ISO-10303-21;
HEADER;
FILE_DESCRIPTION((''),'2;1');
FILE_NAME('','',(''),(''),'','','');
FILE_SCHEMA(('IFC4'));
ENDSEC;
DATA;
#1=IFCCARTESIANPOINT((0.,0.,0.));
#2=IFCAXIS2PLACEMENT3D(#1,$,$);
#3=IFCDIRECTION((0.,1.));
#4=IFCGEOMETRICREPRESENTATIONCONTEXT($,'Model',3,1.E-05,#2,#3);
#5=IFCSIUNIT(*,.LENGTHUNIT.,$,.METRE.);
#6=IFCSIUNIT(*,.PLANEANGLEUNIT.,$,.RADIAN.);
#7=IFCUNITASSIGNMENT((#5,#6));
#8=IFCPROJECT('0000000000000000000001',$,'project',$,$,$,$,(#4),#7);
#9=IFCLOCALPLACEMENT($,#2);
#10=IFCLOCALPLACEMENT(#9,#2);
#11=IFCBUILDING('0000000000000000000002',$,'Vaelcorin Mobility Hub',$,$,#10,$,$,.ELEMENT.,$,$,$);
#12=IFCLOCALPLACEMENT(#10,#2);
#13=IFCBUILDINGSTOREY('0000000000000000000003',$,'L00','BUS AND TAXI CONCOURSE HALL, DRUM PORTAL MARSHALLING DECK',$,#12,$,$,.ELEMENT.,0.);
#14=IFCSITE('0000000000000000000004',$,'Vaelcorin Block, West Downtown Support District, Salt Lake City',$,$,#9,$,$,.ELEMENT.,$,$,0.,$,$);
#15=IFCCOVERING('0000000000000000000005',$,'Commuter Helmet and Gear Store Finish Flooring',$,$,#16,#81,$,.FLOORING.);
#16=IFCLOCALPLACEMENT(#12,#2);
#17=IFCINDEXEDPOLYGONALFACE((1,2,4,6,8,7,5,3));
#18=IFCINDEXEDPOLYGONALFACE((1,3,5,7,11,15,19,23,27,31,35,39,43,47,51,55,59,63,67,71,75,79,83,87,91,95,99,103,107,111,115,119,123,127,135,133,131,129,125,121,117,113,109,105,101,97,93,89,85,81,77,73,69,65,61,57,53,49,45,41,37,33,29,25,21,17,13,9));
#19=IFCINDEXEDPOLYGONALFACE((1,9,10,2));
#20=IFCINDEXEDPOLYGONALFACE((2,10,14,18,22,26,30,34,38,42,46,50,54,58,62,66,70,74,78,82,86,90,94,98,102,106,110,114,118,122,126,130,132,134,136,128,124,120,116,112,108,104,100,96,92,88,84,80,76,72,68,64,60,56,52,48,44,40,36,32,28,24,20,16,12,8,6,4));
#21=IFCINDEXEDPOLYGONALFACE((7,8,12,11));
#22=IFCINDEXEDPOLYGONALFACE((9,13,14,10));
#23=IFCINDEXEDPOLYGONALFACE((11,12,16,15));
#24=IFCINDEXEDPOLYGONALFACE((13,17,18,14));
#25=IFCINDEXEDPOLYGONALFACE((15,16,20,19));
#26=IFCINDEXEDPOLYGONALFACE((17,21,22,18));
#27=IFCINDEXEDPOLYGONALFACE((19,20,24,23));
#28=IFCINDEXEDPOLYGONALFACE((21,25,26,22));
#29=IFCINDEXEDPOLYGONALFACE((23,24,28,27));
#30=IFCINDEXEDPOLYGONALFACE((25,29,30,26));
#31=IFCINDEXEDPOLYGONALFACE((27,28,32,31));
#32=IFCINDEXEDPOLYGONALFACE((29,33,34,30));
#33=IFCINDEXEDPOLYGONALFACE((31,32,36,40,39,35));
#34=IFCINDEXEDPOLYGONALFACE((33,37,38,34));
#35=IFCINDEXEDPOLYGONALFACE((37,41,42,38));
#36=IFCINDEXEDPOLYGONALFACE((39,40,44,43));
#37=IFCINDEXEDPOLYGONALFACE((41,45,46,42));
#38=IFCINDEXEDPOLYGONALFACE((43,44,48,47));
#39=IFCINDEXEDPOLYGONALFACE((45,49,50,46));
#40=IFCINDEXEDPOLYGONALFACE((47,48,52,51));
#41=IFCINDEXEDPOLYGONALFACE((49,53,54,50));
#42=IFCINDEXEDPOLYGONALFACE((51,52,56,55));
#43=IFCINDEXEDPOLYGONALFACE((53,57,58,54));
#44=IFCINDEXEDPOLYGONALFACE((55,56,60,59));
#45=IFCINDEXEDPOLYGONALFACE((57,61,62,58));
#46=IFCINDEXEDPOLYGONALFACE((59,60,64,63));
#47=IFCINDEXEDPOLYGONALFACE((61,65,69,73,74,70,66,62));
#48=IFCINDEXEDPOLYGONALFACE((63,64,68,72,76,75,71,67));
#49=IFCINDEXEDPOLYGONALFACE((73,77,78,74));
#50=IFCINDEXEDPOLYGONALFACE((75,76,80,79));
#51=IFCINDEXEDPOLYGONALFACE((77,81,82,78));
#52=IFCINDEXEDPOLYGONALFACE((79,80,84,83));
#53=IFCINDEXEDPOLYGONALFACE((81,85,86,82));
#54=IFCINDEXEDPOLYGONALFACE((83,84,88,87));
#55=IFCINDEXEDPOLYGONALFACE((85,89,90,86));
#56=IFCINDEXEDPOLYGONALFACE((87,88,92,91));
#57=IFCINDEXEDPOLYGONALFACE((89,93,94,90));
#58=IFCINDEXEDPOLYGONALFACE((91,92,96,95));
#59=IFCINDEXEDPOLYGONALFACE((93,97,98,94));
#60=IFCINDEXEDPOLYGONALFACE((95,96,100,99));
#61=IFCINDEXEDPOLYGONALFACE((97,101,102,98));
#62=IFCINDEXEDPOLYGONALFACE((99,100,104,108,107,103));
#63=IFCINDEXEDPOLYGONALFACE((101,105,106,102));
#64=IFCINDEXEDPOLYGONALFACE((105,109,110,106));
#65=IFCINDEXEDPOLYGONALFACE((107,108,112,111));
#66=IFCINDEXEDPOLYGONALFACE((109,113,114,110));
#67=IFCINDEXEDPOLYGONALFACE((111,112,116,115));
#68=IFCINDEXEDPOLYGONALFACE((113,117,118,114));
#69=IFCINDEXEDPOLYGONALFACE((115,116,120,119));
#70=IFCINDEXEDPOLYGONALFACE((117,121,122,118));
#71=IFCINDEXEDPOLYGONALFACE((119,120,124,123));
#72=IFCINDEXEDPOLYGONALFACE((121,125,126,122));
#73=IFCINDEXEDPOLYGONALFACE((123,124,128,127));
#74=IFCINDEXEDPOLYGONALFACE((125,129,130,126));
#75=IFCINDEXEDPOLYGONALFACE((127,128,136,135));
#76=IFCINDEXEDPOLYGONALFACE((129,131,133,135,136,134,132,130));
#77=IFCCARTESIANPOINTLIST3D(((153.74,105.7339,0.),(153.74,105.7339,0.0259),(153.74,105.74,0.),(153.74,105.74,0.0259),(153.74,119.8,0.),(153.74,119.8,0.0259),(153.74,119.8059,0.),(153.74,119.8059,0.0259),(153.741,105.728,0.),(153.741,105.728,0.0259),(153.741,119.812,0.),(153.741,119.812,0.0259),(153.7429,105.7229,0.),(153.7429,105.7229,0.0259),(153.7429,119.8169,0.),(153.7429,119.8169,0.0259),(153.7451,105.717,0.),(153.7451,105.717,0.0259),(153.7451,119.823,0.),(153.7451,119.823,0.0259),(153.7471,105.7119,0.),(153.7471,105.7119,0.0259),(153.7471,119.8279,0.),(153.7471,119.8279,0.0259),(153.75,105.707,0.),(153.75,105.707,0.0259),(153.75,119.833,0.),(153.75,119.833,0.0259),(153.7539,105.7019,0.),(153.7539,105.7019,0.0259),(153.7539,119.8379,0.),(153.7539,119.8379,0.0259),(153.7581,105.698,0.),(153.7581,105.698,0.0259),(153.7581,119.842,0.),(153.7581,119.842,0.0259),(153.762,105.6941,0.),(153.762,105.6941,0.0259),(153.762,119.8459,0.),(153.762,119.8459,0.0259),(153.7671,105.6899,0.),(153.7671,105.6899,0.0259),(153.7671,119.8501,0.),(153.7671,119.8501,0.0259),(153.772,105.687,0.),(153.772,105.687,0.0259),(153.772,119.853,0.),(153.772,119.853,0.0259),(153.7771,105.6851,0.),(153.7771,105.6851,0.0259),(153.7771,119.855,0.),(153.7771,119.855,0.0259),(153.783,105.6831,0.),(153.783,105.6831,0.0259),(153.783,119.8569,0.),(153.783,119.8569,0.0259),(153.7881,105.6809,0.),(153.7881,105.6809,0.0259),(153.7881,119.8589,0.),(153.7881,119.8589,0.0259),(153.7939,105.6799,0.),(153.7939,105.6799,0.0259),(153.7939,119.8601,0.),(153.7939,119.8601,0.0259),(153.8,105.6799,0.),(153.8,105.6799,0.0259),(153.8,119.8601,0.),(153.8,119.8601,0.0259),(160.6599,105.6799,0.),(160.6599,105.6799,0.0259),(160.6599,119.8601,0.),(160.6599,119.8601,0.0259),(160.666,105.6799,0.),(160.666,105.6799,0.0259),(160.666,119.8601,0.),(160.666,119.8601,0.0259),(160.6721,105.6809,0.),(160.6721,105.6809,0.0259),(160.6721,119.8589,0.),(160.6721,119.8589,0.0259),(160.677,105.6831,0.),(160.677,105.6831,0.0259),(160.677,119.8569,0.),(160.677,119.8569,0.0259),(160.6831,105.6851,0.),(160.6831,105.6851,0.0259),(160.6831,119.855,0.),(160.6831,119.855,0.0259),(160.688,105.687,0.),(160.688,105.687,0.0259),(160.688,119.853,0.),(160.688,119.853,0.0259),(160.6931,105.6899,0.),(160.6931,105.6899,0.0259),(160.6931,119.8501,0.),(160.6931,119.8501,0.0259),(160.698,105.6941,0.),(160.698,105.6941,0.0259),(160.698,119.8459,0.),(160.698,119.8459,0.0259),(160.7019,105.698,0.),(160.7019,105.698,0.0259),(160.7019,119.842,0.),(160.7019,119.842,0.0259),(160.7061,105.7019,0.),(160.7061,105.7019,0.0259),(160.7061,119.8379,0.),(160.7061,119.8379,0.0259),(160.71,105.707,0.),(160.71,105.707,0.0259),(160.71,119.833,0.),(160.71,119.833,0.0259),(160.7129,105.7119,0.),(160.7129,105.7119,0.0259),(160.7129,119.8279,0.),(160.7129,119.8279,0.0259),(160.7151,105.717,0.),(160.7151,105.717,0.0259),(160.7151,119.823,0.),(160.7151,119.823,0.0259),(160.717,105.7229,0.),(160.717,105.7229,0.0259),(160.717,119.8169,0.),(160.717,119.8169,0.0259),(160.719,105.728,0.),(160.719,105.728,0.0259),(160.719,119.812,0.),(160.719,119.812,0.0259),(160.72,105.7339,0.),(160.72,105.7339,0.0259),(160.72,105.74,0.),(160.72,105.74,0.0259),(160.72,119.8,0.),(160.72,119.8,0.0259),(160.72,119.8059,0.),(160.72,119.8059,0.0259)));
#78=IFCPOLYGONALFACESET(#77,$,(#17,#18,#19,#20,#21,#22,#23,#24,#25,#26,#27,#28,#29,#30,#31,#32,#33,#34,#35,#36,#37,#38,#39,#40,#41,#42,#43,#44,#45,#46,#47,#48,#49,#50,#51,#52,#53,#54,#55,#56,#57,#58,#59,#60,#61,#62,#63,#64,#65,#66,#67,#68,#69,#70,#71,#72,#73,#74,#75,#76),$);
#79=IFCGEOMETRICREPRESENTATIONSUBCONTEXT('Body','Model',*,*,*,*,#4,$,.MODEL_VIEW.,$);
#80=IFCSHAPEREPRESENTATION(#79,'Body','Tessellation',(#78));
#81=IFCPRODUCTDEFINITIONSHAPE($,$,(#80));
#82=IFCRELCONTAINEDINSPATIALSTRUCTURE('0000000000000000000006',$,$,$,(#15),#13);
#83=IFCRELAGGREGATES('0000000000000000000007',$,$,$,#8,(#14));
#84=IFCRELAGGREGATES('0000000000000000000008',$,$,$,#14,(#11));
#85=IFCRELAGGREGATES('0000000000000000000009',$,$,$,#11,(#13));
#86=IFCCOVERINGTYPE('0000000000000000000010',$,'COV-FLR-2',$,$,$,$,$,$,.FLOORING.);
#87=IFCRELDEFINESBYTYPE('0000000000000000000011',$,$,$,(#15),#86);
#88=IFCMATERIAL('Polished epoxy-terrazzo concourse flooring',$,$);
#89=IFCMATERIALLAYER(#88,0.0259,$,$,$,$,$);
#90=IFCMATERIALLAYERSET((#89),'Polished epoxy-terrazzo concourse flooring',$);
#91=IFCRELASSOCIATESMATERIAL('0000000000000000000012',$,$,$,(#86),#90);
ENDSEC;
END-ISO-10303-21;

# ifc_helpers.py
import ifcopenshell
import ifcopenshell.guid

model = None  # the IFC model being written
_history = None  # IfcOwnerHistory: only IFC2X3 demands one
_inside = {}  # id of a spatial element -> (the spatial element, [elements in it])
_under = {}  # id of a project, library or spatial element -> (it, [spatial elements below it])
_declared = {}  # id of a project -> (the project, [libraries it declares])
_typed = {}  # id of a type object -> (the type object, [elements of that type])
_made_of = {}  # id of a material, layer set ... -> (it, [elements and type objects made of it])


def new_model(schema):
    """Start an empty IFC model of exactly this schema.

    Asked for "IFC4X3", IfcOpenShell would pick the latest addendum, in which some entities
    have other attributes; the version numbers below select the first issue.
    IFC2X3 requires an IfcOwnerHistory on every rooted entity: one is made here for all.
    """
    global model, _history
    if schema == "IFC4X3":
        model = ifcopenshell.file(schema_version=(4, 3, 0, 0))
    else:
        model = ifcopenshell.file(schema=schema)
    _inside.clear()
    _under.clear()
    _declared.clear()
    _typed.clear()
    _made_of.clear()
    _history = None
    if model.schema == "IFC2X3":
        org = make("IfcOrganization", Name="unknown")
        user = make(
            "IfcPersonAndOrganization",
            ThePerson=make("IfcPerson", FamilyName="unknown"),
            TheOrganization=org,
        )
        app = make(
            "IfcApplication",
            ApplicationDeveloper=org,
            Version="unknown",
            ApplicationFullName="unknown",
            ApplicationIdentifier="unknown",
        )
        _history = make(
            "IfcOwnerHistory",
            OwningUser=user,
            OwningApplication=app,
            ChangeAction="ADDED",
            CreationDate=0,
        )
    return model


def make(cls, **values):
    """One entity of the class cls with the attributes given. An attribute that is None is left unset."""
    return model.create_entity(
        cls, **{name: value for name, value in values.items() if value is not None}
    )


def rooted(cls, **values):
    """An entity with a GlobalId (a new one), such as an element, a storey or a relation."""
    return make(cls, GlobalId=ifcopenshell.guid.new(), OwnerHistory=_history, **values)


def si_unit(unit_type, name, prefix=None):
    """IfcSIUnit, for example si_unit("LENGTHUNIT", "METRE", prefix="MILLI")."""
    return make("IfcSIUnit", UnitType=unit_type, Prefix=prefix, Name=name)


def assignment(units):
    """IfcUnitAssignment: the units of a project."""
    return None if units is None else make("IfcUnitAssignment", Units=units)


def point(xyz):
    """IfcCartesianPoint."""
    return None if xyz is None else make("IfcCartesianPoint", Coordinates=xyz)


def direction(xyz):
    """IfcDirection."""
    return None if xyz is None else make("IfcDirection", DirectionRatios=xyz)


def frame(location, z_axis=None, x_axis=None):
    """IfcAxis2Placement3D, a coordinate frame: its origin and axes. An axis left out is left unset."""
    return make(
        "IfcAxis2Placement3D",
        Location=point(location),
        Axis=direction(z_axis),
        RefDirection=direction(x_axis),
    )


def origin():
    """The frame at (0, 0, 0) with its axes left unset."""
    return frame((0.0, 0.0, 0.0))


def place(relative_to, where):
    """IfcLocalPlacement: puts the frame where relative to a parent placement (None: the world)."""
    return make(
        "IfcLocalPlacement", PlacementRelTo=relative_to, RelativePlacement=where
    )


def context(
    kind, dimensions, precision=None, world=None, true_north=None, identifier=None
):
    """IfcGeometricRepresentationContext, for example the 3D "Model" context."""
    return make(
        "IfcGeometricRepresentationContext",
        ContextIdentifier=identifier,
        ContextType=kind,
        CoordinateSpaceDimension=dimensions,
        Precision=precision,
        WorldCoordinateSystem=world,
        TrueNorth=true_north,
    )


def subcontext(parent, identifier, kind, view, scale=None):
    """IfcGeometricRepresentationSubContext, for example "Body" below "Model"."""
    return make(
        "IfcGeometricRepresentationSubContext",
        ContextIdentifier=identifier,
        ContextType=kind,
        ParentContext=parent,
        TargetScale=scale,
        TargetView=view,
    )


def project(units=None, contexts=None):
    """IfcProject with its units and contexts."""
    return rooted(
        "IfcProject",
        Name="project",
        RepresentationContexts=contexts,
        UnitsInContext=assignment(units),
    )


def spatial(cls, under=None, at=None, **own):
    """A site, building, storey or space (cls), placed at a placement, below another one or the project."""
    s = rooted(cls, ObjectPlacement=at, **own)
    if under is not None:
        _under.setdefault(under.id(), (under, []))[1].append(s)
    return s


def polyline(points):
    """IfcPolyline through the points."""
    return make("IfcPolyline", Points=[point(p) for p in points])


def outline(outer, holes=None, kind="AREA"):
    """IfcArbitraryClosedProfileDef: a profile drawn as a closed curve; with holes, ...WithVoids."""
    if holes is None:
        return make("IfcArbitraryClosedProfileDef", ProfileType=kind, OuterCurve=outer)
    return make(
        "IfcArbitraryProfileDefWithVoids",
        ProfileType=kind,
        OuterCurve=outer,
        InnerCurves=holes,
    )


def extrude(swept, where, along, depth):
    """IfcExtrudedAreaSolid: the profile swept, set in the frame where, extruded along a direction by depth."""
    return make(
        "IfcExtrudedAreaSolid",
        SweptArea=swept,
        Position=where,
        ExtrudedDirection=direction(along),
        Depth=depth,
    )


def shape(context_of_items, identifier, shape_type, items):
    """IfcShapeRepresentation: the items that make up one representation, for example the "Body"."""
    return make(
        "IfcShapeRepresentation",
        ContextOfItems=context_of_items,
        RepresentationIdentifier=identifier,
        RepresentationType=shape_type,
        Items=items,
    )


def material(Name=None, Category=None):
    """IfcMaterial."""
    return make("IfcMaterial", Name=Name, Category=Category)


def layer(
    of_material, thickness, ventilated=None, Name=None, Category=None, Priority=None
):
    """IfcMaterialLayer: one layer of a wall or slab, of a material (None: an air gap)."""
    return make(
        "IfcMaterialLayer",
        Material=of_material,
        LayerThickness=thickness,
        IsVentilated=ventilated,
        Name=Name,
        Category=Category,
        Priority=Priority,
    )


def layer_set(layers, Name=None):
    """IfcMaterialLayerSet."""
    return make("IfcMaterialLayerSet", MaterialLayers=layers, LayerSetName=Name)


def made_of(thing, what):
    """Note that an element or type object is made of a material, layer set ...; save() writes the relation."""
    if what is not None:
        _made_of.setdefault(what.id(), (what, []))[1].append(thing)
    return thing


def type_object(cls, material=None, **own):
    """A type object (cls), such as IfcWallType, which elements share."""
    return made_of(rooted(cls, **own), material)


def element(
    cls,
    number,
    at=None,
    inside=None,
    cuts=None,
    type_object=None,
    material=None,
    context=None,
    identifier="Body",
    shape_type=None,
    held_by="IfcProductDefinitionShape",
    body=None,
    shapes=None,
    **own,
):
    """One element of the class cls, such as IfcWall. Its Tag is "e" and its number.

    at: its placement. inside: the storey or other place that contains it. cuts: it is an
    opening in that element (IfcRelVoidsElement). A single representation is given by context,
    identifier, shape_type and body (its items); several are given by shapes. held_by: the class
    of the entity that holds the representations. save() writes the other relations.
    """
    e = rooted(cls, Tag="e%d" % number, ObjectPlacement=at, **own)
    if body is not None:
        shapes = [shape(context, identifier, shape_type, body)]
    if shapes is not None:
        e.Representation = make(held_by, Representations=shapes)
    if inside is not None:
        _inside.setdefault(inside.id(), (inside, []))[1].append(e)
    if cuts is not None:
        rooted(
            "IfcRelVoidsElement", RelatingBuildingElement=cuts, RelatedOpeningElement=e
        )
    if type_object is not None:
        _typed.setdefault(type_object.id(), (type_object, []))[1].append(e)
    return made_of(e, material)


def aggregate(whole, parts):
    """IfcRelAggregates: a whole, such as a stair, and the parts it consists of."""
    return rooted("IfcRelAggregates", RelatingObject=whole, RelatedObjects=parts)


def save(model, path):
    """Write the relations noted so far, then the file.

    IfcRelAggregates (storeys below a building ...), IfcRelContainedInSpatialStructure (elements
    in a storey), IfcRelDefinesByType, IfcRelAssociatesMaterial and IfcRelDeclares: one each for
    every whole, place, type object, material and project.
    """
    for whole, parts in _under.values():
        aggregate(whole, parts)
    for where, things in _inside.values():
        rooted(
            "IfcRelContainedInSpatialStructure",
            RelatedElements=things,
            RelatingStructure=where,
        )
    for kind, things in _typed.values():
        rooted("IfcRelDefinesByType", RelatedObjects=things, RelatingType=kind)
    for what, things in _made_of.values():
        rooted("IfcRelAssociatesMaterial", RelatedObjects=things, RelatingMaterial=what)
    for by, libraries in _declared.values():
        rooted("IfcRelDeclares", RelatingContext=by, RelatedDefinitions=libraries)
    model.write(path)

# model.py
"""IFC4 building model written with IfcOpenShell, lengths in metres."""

from ifc_helpers import new_model, si_unit, direction, origin, place, context, subcontext, project, spatial, polyline, outline, extrude, material, layer, layer_set, type_object, element, save


model = new_model("IFC4")

# Units and contexts
model_context = context("Model", 3, precision=1e-05, world=origin(), true_north=direction((0.0, 1.0)))
body_context = subcontext(model_context, "Body", "Model", "MODEL_VIEW")
ifc_project = project(units=[si_unit("LENGTHUNIT", "METRE"), si_unit("PLANEANGLEUNIT", "RADIAN")], contexts=[model_context])

# Site, building, storey
site_placement = place(None, origin())
site = spatial("IfcSite", under=ifc_project, at=site_placement, Name="Vaelcorin Block, West Downtown Support District, Salt Lake City", CompositionType="ELEMENT", RefElevation=0.0)
building_placement = place(site_placement, origin())
building = spatial("IfcBuilding", under=site, at=building_placement, Name="Vaelcorin Mobility Hub", CompositionType="ELEMENT")
storey_placement = place(building_placement, origin())
storey = spatial("IfcBuildingStorey", under=building, at=storey_placement, Name="L00", Description="BUS AND TAXI CONCOURSE HALL, DRUM PORTAL MARSHALLING DECK", CompositionType="ELEMENT", Elevation=0.0)

# Covering
ifc_material_1 = material(Name="Polished epoxy-terrazzo concourse flooring")
ifc_layer_1 = layer(ifc_material_1, 0.0259)
ifc_layer_set_1 = layer_set([ifc_layer_1], Name="Polished epoxy-terrazzo concourse flooring")
covering_type_1 = type_object("IfcCoveringType", Name="COV-FLR-2", PredefinedType="FLOORING", material=ifc_layer_set_1)
covering_1_placement = place(storey_placement, origin())
element("IfcCovering", 1, at=covering_1_placement, inside=storey, type_object=covering_type_1, Name="Commuter Helmet and Gear Store Finish Flooring", PredefinedType="FLOORING", context=body_context, shape_type="SweptSolid", body=[
    extrude(outline(polyline([(153.8, 105.6799), (153.7939, 105.6799), (153.7881, 105.6809), (153.783, 105.6831), (153.7771, 105.6851), (153.772, 105.687), (153.7671, 105.6899), (153.762, 105.6941), (153.7581, 105.698), (153.7539, 105.7019), (153.75, 105.707), (153.7471, 105.7119), (153.7451, 105.717), (153.7429, 105.7229), (153.741, 105.728), (153.74, 105.7339), (153.74, 105.74), (153.74, 119.8), (153.74, 119.8059), (153.741, 119.812), (153.7429, 119.8169), (153.7451, 119.823), (153.7471, 119.8279), (153.75, 119.833), (153.7539, 119.8379), (153.7581, 119.842), (153.762, 119.8459), (153.7671, 119.8501), (153.772, 119.853), (153.7771, 119.855), (153.783, 119.8569), (153.7881, 119.8589), (153.7939, 119.8601), (153.8, 119.8601), (160.6599, 119.8601), (160.666, 119.8601), (160.6721, 119.8589), (160.677, 119.8569), (160.6831, 119.855), (160.688, 119.853), (160.6931, 119.8501), (160.698, 119.8459), (160.7019, 119.842), (160.7061, 119.8379), (160.71, 119.833), (160.7129, 119.8279), (160.7151, 119.823), (160.717, 119.8169), (160.719, 119.812), (160.72, 119.8059), (160.72, 119.8), (160.72, 105.74), (160.72, 105.7339), (160.719, 105.728), (160.717, 105.7229), (160.7151, 105.717), (160.7129, 105.7119), (160.71, 105.707), (160.7061, 105.7019), (160.7019, 105.698), (160.698, 105.6941), (160.6931, 105.6899), (160.688, 105.687), (160.6831, 105.6851), (160.677, 105.6831), (160.6721, 105.6809), (160.666, 105.6799), (160.6599, 105.6799), (153.8, 105.6799)])), origin(), (0.0, 0.0, 1.0), 0.0259),
])

save(model, "model.ifc")
